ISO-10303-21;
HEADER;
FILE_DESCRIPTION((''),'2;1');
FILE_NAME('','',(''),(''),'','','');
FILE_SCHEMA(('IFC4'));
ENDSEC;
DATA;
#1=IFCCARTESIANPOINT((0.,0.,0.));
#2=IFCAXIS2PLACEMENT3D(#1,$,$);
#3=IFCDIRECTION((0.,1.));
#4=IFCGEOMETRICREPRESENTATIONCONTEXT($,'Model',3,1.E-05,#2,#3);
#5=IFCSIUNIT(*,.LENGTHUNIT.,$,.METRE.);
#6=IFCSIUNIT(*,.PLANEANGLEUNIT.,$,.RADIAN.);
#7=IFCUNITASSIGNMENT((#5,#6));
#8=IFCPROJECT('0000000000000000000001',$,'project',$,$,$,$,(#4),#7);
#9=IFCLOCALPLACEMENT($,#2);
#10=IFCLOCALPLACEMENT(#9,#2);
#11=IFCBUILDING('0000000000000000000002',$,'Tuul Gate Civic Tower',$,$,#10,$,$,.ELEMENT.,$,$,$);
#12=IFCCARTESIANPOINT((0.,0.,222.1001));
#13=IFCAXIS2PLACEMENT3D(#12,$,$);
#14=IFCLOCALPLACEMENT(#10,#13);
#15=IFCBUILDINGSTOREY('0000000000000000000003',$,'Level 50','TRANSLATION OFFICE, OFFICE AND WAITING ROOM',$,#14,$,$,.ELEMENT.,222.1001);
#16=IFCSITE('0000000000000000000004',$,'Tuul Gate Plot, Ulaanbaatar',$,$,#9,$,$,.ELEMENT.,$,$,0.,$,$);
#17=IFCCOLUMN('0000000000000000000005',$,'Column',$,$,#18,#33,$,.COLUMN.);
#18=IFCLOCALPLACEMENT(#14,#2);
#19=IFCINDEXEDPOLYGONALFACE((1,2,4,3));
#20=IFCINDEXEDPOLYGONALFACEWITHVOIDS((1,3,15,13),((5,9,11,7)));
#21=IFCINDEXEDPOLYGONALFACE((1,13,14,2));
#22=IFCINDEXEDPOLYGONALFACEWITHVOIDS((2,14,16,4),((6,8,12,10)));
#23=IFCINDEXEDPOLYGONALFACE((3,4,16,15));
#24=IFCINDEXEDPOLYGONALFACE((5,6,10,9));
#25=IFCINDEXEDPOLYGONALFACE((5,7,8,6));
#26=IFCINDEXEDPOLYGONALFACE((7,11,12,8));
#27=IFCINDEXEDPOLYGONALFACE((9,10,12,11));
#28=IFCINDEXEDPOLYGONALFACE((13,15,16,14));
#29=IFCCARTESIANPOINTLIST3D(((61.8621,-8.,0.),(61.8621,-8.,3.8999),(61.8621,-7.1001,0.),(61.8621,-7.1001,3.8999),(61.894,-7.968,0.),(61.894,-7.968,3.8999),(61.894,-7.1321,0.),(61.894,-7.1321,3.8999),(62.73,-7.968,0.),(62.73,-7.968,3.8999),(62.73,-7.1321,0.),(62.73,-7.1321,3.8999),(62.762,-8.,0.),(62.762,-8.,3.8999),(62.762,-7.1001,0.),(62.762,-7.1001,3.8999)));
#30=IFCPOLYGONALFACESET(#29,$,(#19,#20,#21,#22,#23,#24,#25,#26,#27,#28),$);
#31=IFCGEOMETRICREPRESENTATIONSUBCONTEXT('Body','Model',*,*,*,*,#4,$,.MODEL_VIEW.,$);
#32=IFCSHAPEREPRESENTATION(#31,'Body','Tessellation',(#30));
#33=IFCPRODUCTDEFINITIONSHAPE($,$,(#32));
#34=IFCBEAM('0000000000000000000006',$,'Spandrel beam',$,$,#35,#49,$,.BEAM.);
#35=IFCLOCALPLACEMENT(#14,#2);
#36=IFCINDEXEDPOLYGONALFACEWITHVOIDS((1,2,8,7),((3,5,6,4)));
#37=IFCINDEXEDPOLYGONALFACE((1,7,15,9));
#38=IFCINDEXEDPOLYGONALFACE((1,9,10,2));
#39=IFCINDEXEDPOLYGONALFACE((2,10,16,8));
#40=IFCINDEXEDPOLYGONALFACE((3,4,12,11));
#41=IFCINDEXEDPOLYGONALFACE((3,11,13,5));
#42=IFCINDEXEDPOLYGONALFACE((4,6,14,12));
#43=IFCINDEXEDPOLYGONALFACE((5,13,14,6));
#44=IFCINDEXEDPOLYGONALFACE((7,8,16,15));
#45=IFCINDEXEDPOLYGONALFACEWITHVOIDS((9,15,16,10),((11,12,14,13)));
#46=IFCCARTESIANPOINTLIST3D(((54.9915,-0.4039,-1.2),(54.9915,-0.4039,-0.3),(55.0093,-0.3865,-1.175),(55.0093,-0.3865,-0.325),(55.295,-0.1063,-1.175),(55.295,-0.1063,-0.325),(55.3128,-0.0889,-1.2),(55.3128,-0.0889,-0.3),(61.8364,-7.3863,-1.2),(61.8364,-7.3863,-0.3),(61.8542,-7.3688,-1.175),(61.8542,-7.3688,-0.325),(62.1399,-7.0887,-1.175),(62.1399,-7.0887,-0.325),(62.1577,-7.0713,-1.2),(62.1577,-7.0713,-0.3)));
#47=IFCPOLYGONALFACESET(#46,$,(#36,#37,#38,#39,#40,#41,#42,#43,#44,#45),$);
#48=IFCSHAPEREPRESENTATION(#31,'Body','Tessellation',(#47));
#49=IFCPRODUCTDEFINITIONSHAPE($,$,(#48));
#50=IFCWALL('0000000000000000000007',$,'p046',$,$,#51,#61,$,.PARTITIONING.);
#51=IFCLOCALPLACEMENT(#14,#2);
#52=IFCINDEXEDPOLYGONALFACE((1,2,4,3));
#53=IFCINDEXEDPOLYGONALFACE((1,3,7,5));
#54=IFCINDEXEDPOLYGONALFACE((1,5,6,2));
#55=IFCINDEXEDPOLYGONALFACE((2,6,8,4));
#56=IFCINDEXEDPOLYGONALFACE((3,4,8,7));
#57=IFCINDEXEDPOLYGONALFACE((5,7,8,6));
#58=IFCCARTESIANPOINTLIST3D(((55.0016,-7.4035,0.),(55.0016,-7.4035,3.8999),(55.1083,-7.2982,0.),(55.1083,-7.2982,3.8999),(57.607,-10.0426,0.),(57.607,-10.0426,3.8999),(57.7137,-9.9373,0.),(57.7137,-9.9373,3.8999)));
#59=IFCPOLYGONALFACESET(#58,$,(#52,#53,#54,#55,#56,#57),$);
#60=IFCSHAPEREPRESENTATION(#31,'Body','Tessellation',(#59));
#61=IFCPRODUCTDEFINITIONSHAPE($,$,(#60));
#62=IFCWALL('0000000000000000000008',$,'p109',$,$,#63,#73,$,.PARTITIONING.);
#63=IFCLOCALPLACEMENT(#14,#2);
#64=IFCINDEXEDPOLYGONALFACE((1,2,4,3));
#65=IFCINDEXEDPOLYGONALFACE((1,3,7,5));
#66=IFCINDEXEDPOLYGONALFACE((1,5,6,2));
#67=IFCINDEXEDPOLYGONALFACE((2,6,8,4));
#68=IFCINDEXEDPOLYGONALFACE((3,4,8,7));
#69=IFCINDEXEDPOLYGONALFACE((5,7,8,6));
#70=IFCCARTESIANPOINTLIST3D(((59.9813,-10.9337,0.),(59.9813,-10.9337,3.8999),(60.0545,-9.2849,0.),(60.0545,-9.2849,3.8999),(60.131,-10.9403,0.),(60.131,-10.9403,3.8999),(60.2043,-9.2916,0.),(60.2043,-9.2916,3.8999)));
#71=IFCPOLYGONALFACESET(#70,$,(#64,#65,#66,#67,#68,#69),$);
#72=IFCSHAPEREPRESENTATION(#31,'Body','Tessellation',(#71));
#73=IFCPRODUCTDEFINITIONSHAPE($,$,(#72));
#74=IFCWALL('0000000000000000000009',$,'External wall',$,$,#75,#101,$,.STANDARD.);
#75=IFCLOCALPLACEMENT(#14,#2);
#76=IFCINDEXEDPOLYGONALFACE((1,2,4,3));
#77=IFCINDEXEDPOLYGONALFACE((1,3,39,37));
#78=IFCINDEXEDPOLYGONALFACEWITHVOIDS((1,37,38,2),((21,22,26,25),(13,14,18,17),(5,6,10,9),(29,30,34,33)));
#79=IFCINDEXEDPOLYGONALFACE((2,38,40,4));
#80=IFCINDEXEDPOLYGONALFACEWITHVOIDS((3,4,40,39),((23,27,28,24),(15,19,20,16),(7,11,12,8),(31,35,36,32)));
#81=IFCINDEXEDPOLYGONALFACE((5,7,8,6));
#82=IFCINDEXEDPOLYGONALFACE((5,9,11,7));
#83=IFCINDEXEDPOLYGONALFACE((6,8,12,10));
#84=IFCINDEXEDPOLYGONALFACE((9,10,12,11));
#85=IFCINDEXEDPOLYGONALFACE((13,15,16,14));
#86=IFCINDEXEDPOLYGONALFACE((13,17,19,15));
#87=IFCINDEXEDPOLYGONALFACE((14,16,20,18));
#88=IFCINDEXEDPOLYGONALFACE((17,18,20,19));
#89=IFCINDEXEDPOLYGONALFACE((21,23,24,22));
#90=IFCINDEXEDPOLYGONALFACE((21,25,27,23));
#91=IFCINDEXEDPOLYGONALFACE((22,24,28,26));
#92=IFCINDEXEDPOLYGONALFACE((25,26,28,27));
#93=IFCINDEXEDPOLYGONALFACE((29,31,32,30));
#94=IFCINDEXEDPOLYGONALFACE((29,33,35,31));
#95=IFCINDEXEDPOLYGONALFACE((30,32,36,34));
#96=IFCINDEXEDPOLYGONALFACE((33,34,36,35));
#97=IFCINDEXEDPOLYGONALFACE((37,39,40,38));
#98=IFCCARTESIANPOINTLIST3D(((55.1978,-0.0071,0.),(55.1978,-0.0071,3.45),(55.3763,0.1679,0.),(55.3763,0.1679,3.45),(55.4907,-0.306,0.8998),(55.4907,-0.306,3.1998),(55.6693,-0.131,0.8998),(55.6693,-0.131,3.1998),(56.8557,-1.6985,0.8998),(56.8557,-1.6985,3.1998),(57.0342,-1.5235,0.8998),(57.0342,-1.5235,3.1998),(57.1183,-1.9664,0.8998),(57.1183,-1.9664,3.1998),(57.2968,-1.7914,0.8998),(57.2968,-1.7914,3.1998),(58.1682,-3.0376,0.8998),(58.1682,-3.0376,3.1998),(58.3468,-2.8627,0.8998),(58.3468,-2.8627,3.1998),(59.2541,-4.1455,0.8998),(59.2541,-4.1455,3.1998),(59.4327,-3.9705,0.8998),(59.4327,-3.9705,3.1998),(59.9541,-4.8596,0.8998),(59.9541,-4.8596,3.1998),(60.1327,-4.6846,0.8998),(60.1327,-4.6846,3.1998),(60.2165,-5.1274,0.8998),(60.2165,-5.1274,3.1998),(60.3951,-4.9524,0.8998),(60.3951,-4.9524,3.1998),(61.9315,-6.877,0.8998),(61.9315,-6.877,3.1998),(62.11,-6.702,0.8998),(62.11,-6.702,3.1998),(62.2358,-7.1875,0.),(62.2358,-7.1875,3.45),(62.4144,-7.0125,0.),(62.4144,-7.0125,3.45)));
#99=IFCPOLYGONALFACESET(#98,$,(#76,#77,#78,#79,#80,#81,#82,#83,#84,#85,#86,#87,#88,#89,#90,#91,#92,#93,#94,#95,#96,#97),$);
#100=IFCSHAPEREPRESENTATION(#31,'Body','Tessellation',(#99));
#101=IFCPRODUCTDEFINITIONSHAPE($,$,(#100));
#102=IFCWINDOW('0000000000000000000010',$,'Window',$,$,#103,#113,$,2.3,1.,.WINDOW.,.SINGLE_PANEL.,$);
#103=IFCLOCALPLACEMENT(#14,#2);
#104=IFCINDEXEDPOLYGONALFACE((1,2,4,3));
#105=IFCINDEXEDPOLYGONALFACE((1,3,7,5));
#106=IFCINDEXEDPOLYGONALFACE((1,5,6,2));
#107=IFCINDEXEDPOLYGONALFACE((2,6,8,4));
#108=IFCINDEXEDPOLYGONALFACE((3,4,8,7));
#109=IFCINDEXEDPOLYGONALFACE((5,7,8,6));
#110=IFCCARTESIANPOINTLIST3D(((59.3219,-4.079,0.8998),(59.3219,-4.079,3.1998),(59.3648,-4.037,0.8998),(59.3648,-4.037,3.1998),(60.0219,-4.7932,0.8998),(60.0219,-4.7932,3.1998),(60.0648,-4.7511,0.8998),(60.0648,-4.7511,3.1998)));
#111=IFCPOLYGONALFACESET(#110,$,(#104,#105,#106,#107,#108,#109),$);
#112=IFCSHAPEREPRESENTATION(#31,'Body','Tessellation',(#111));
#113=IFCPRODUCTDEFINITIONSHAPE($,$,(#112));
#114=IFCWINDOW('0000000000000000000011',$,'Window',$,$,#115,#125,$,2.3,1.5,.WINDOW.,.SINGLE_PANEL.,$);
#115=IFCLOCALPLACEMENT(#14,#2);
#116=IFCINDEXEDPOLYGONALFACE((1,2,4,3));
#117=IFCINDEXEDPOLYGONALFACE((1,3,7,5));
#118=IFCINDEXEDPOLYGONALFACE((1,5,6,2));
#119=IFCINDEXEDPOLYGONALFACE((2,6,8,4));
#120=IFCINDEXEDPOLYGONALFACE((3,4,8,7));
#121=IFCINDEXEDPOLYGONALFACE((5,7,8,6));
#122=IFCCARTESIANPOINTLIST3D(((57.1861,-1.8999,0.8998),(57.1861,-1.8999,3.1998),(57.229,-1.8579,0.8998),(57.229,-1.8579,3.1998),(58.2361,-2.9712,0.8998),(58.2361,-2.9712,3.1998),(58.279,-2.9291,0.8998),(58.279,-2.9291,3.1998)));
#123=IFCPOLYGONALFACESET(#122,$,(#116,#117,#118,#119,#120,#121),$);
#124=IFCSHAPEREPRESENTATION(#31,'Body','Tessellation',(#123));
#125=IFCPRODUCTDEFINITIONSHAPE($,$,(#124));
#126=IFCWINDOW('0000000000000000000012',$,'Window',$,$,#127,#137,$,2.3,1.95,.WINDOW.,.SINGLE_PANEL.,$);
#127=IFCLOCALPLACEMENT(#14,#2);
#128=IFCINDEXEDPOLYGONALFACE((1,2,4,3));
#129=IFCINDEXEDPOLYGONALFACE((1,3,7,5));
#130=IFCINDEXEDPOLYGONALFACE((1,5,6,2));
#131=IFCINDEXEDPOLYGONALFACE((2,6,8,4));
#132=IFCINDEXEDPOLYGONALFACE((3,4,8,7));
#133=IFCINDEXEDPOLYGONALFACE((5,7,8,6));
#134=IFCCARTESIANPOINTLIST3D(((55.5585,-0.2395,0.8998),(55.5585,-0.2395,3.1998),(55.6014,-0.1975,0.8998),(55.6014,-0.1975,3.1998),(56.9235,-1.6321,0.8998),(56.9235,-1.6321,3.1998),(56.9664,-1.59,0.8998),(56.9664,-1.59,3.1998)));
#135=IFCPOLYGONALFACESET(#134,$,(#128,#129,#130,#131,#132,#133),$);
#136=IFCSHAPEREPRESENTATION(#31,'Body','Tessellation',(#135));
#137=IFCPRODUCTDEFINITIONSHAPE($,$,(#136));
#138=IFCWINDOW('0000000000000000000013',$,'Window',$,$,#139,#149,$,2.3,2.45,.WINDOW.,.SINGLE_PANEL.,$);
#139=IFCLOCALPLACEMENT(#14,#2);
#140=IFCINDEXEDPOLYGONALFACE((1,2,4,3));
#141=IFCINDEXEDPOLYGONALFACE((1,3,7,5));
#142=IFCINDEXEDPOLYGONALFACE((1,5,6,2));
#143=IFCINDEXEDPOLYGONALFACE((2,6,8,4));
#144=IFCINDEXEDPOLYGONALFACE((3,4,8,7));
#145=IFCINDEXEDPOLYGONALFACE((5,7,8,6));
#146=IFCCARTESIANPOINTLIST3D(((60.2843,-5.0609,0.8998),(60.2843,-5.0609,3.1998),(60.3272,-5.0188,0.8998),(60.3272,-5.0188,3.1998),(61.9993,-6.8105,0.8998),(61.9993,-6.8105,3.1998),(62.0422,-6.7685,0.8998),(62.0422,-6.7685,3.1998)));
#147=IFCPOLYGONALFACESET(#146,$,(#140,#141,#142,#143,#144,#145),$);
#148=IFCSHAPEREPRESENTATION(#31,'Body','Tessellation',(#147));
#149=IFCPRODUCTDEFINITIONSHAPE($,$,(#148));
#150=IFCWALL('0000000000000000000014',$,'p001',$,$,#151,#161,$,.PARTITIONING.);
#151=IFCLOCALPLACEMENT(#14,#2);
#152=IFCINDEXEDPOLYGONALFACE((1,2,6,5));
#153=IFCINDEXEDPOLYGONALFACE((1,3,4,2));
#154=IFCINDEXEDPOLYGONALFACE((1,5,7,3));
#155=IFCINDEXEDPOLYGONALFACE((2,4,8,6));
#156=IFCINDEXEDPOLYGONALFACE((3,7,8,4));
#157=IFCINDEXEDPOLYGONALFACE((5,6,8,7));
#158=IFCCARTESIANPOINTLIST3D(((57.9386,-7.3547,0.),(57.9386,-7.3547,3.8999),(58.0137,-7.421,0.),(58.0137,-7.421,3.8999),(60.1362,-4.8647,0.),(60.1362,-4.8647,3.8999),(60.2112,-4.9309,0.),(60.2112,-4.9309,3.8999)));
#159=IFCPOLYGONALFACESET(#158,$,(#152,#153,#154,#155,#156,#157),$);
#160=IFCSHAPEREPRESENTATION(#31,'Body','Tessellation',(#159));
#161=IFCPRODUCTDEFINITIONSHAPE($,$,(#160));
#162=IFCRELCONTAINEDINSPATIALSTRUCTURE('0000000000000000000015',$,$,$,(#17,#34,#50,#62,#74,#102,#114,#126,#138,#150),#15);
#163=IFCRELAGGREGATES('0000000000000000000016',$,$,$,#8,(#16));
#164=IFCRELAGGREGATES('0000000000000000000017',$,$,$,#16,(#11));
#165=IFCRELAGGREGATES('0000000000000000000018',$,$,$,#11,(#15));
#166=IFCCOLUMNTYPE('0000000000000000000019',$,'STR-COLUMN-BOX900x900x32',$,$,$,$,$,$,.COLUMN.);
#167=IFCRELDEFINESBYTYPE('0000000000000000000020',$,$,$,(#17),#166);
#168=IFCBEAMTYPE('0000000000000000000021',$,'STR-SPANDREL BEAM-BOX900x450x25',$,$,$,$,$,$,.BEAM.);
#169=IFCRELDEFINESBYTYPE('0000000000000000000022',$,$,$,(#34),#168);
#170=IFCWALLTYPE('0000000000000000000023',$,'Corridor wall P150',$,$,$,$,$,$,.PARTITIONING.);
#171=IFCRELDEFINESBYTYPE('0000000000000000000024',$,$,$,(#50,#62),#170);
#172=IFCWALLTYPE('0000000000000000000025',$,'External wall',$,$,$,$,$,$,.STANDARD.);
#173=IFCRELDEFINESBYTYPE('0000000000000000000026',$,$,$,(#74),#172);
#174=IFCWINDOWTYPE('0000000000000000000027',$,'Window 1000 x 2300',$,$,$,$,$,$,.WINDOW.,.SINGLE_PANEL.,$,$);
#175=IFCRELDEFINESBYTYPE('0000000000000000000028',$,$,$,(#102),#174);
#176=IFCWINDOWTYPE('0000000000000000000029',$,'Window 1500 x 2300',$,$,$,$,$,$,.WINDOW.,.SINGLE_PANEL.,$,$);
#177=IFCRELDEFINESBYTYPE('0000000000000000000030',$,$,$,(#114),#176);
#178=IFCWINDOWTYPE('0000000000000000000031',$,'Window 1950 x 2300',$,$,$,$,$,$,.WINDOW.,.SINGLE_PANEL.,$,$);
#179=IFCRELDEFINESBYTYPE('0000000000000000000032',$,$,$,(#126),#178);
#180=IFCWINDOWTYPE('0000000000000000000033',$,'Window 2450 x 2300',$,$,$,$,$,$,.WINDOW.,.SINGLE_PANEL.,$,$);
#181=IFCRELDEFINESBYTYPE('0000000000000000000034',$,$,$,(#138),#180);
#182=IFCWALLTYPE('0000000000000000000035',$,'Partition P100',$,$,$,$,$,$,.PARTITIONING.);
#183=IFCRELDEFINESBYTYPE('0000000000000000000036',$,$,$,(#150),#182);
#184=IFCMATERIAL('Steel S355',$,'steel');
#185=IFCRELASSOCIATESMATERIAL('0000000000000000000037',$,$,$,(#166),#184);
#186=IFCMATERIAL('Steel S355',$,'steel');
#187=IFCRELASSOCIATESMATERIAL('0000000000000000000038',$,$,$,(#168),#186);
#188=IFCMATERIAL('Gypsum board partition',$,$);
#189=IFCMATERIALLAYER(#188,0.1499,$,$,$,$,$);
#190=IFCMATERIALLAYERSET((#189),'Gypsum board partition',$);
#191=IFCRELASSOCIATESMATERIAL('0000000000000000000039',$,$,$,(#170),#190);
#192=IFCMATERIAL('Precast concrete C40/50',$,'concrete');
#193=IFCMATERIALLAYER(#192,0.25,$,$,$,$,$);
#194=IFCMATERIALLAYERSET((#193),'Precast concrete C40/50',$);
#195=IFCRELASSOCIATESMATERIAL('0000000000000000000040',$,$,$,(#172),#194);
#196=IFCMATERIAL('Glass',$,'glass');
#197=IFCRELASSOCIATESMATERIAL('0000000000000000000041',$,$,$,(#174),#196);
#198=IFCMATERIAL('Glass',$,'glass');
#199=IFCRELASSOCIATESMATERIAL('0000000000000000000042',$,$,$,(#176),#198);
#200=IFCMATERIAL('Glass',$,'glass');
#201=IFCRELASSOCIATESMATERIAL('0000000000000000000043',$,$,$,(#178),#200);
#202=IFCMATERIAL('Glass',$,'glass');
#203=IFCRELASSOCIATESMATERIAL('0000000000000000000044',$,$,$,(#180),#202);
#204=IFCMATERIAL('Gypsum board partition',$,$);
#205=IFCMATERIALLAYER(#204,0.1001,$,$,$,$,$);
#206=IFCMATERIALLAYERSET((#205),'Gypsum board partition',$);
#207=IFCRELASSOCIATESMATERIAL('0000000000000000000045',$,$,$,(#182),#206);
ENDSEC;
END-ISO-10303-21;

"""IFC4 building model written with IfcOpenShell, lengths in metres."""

from ifc_helpers import new_model, si_unit, direction, frame, frame_2d, origin, origin_2d, place, context, subcontext, project, spatial, rectangle, hollow_rectangle, extrude, material, layer, layer_set, material_profile, profile_set, type_object, element, fill, save


model = new_model("IFC4")

# Units and contexts
model_context = context("Model", 3, precision=1e-05, world=origin(), true_north=direction((0.0, 1.0)))
body_context = subcontext(model_context, "Body", "Model", "MODEL_VIEW")
ifc_project = project(units=[si_unit("LENGTHUNIT", "METRE"), si_unit("PLANEANGLEUNIT", "RADIAN")], contexts=[model_context])

# Site, building, storey
site_placement = place(None, origin())
site = spatial("IfcSite", under=ifc_project, at=site_placement, Name="Tuul Gate Plot, Ulaanbaatar", CompositionType="ELEMENT", RefElevation=0.0)
building_placement = place(site_placement, origin())
building = spatial("IfcBuilding", under=site, at=building_placement, Name="Tuul Gate Civic Tower", CompositionType="ELEMENT")
storey_placement = place(building_placement, frame((0.0, 0.0, 222.1001)))
storey = spatial("IfcBuildingStorey", under=building, at=storey_placement, Name="Level 50", Description="TRANSLATION OFFICE, OFFICE AND WAITING ROOM", CompositionType="ELEMENT", Elevation=222.1001)

# Column
ifc_material_1 = material(Name="Steel S355", Category="steel")
ifc_material_profile_1 = material_profile(ifc_material_1, hollow_rectangle(XDim=0.8999, YDim=0.8999, WallThickness=0.032, at=origin_2d()), Name="BOX900x900x32")
ifc_profile_set_1 = profile_set([ifc_material_profile_1], Name="Steel S355")
column_type = type_object("IfcColumnType", Name="STR-COLUMN-BOX900x900x32", PredefinedType="COLUMN", material=ifc_profile_set_1)
column_placement = place(storey_placement, frame((62.312, -7.55, 0.0), z_axis=(0.0, 0.0, 1.0), x_axis=(1.0, 0.0, 0.0)))
element("IfcColumn", 1, at=column_placement, inside=storey, type_object=column_type, Name="Column", PredefinedType="COLUMN", context=body_context, shape_type="SweptSolid", body=[
    extrude(hollow_rectangle(XDim=0.8999, YDim=0.8999, WallThickness=0.032, at=origin_2d()), origin(), (0.0, 0.0, 1.0), 3.8999),
])

# Beam
ifc_material_2 = material(Name="Steel S355", Category="steel")
ifc_material_profile_2 = material_profile(ifc_material_2, hollow_rectangle(XDim=0.45, YDim=0.8999, WallThickness=0.0249, at=origin_2d()), Name="BOX900x450x25")
ifc_profile_set_2 = profile_set([ifc_material_profile_2], Name="Steel S355")
beam_type = type_object("IfcBeamType", Name="STR-SPANDREL BEAM-BOX900x450x25", PredefinedType="BEAM", material=ifc_profile_set_2)
beam_placement = place(storey_placement, frame((61.9971, -7.2288, -0.75), z_axis=(-0.700043, 0.7141, 0.0), x_axis=(-0.7141, -0.700043, 0.0)))
element("IfcBeam", 2, at=beam_placement, inside=storey, type_object=beam_type, Name="Spandrel beam", PredefinedType="BEAM", context=body_context, shape_type="SweptSolid", body=[
    extrude(hollow_rectangle(XDim=0.45, YDim=0.8999, WallThickness=0.0249, at=origin_2d()), origin(), (0.0, 0.0, 1.0), 9.7778),
])

# Walls
ifc_material_3 = material(Name="Gypsum board partition")
ifc_layer_1 = layer(ifc_material_3, 0.1499)
ifc_layer_set_1 = layer_set([ifc_layer_1], Name="Gypsum board partition")
wall_type_1 = type_object("IfcWallType", Name="Corridor wall P150", PredefinedType="PARTITIONING", material=ifc_layer_set_1)
wall_1_placement = place(storey_placement, frame((55.0549, -7.3508, 0.0), z_axis=(0.0, 0.0, 1.0), x_axis=(0.70255, -0.711635, 0.0)))
element("IfcWall", 3, at=wall_1_placement, inside=storey, type_object=wall_type_1, Name="p046", PredefinedType="PARTITIONING", context=body_context, shape_type="SweptSolid", body=[
    extrude(rectangle(XDim=3.7085, YDim=0.1499, at=frame_2d((1.8542, 0.0))), origin(), (0.0, 0.0, 1.0), 3.8999),
])
wall_2_placement = place(storey_placement, frame((60.0562, -10.937, 0.0), z_axis=(0.0, 0.0, 1.0), x_axis=(0.044381, 0.999015, 0.0)))
element("IfcWall", 4, at=wall_2_placement, inside=storey, type_object=wall_type_1, Name="p109", PredefinedType="PARTITIONING", context=body_context, shape_type="SweptSolid", body=[
    extrude(rectangle(XDim=1.6504, YDim=0.1499, at=frame_2d((0.8252, 0.0))), origin(), (0.0, 0.0, 1.0), 3.8999),
])

# Wall, openings, windows
ifc_material_4 = material(Name="Precast concrete C40/50", Category="concrete")
ifc_layer_2 = layer(ifc_material_4, 0.25)
ifc_layer_set_2 = layer_set([ifc_layer_2], Name="Precast concrete C40/50")
wall_type_2 = type_object("IfcWallType", Name="External wall", PredefinedType="STANDARD", material=ifc_layer_set_2)
wall_3_placement = place(storey_placement, frame((62.3252, -7.1001, 0.0), z_axis=(0.0, 0.0, 1.0), x_axis=(-0.699993, 0.714149, 0.0)))
wall_3 = element("IfcWall", 5, at=wall_3_placement, inside=storey, type_object=wall_type_2, Name="External wall", PredefinedType="STANDARD", context=body_context, shape_type="SweptSolid", body=[
    extrude(rectangle(XDim=10.0544, YDim=0.25, at=frame_2d((5.0273, 0.0))), origin(), (0.0, 0.0, 1.0), 3.45),
])
opening_1_placement = place(wall_3_placement, frame((0.4348, 0.0, 0.8999)))
opening_1 = element("IfcOpeningElement", 6, at=opening_1_placement, cuts=wall_3, PredefinedType="OPENING", context=body_context, shape_type="SweptSolid", body=[
    extrude(rectangle(XDim=2.45, YDim=2.3, at=frame_2d((1.2251, 1.1499))), frame((0.0, 0.135, 0.0), z_axis=(0.0, -1.0, 0.0), x_axis=(1.0, 0.0, 0.0)), (0.0, 0.0, 1.0), 0.27),
])
opening_2_placement = place(wall_3_placement, frame((3.2598, 0.0, 0.8999)))
opening_2 = element("IfcOpeningElement", 7, at=opening_2_placement, cuts=wall_3, PredefinedType="OPENING", context=body_context, shape_type="SweptSolid", body=[
    extrude(rectangle(XDim=1.0, YDim=2.3, at=frame_2d((0.5, 1.1499))), frame((0.0, 0.135, 0.0), z_axis=(0.0, -1.0, 0.0), x_axis=(1.0, 0.0, 0.0)), (0.0, 0.0, 1.0), 0.27),
])
opening_3_placement = place(wall_3_placement, frame((5.811, 0.0, 0.8999)))
opening_3 = element("IfcOpeningElement", 8, at=opening_3_placement, cuts=wall_3, PredefinedType="OPENING", context=body_context, shape_type="SweptSolid", body=[
    extrude(rectangle(XDim=1.5, YDim=2.3, at=frame_2d((0.75, 1.1499))), frame((0.0, 0.135, 0.0), z_axis=(0.0, -1.0, 0.0), x_axis=(1.0, 0.0, 0.0)), (0.0, 0.0, 1.0), 0.27),
])
opening_4_placement = place(wall_3_placement, frame((7.686, 0.0, 0.8999)))
opening_4 = element("IfcOpeningElement", 9, at=opening_4_placement, cuts=wall_3, PredefinedType="OPENING", context=body_context, shape_type="SweptSolid", body=[
    extrude(rectangle(XDim=1.95, YDim=2.3, at=frame_2d((0.9751, 1.1499))), frame((0.0, 0.135, 0.0), z_axis=(0.0, -1.0, 0.0), x_axis=(1.0, 0.0, 0.0)), (0.0, 0.0, 1.0), 0.27),
])
ifc_material_5 = material(Name="Glass", Category="glass")
window_type_1 = type_object("IfcWindowType", Name="Window 1000 x 2300", PartitioningType="SINGLE_PANEL", PredefinedType="WINDOW", material=ifc_material_5)
window_1_placement = place(opening_2_placement, origin())
window_1 = element("IfcWindow", 10, at=window_1_placement, inside=storey, type_object=window_type_1, Name="Window", OverallHeight=2.3, OverallWidth=1.0, PartitioningType="SINGLE_PANEL", PredefinedType="WINDOW", context=body_context, shape_type="SweptSolid", body=[
    extrude(rectangle(XDim=1.0, YDim=2.3, at=frame_2d((0.5, 1.1499))), frame((0.0, 0.03, 0.0), z_axis=(0.0, -1.0, 0.0), x_axis=(1.0, 0.0, 0.0)), (0.0, 0.0, 1.0), 0.0601),
])
fill(opening_2, window_1)
ifc_material_6 = material(Name="Glass", Category="glass")
window_type_2 = type_object("IfcWindowType", Name="Window 1500 x 2300", PartitioningType="SINGLE_PANEL", PredefinedType="WINDOW", material=ifc_material_6)
window_2_placement = place(opening_3_placement, origin())
window_2 = element("IfcWindow", 11, at=window_2_placement, inside=storey, type_object=window_type_2, Name="Window", OverallHeight=2.3, OverallWidth=1.5, PartitioningType="SINGLE_PANEL", PredefinedType="WINDOW", context=body_context, shape_type="SweptSolid", body=[
    extrude(rectangle(XDim=1.5, YDim=2.3, at=frame_2d((0.75, 1.1499))), frame((0.0, 0.03, 0.0), z_axis=(0.0, -1.0, 0.0), x_axis=(1.0, 0.0, 0.0)), (0.0, 0.0, 1.0), 0.0601),
])
fill(opening_3, window_2)
ifc_material_7 = material(Name="Glass", Category="glass")
window_type_3 = type_object("IfcWindowType", Name="Window 1950 x 2300", PartitioningType="SINGLE_PANEL", PredefinedType="WINDOW", material=ifc_material_7)
window_3_placement = place(opening_4_placement, origin())
window_3 = element("IfcWindow", 12, at=window_3_placement, inside=storey, type_object=window_type_3, Name="Window", OverallHeight=2.3, OverallWidth=1.95, PartitioningType="SINGLE_PANEL", PredefinedType="WINDOW", context=body_context, shape_type="SweptSolid", body=[
    extrude(rectangle(XDim=1.95, YDim=2.3, at=frame_2d((0.9751, 1.1499))), frame((0.0, 0.03, 0.0), z_axis=(0.0, -1.0, 0.0), x_axis=(1.0, 0.0, 0.0)), (0.0, 0.0, 1.0), 0.0601),
])
fill(opening_4, window_3)
ifc_material_8 = material(Name="Glass", Category="glass")
window_type_4 = type_object("IfcWindowType", Name="Window 2450 x 2300", PartitioningType="SINGLE_PANEL", PredefinedType="WINDOW", material=ifc_material_8)
window_4_placement = place(opening_1_placement, origin())
window_4 = element("IfcWindow", 13, at=window_4_placement, inside=storey, type_object=window_type_4, Name="Window", OverallHeight=2.3, OverallWidth=2.45, PartitioningType="SINGLE_PANEL", PredefinedType="WINDOW", context=body_context, shape_type="SweptSolid", body=[
    extrude(rectangle(XDim=2.45, YDim=2.3, at=frame_2d((1.2251, 1.1499))), frame((0.0, 0.03, 0.0), z_axis=(0.0, -1.0, 0.0), x_axis=(1.0, 0.0, 0.0)), (0.0, 0.0, 1.0), 0.0601),
])
fill(opening_1, window_4)

# Wall
ifc_material_9 = material(Name="Gypsum board partition")
ifc_layer_3 = layer(ifc_material_9, 0.1001)
ifc_layer_set_3 = layer_set([ifc_layer_3], Name="Gypsum board partition")
wall_type_3 = type_object("IfcWallType", Name="Partition P100", PredefinedType="PARTITIONING", material=ifc_layer_set_3)
wall_4_placement = place(storey_placement, frame((57.9761, -7.3879, 0.0), z_axis=(0.0, 0.0, 1.0), x_axis=(0.661699, 0.749769, 0.0)))
element("IfcWall", 14, at=wall_4_placement, inside=storey, type_object=wall_type_3, Name="p001", PredefinedType="PARTITIONING", context=body_context, shape_type="SweptSolid", body=[
    extrude(rectangle(XDim=3.321, YDim=0.1001, at=frame_2d((1.6606, 0.0))), origin(), (0.0, 0.0, 1.0), 3.8999),
])

save(model, "model.ifc")
